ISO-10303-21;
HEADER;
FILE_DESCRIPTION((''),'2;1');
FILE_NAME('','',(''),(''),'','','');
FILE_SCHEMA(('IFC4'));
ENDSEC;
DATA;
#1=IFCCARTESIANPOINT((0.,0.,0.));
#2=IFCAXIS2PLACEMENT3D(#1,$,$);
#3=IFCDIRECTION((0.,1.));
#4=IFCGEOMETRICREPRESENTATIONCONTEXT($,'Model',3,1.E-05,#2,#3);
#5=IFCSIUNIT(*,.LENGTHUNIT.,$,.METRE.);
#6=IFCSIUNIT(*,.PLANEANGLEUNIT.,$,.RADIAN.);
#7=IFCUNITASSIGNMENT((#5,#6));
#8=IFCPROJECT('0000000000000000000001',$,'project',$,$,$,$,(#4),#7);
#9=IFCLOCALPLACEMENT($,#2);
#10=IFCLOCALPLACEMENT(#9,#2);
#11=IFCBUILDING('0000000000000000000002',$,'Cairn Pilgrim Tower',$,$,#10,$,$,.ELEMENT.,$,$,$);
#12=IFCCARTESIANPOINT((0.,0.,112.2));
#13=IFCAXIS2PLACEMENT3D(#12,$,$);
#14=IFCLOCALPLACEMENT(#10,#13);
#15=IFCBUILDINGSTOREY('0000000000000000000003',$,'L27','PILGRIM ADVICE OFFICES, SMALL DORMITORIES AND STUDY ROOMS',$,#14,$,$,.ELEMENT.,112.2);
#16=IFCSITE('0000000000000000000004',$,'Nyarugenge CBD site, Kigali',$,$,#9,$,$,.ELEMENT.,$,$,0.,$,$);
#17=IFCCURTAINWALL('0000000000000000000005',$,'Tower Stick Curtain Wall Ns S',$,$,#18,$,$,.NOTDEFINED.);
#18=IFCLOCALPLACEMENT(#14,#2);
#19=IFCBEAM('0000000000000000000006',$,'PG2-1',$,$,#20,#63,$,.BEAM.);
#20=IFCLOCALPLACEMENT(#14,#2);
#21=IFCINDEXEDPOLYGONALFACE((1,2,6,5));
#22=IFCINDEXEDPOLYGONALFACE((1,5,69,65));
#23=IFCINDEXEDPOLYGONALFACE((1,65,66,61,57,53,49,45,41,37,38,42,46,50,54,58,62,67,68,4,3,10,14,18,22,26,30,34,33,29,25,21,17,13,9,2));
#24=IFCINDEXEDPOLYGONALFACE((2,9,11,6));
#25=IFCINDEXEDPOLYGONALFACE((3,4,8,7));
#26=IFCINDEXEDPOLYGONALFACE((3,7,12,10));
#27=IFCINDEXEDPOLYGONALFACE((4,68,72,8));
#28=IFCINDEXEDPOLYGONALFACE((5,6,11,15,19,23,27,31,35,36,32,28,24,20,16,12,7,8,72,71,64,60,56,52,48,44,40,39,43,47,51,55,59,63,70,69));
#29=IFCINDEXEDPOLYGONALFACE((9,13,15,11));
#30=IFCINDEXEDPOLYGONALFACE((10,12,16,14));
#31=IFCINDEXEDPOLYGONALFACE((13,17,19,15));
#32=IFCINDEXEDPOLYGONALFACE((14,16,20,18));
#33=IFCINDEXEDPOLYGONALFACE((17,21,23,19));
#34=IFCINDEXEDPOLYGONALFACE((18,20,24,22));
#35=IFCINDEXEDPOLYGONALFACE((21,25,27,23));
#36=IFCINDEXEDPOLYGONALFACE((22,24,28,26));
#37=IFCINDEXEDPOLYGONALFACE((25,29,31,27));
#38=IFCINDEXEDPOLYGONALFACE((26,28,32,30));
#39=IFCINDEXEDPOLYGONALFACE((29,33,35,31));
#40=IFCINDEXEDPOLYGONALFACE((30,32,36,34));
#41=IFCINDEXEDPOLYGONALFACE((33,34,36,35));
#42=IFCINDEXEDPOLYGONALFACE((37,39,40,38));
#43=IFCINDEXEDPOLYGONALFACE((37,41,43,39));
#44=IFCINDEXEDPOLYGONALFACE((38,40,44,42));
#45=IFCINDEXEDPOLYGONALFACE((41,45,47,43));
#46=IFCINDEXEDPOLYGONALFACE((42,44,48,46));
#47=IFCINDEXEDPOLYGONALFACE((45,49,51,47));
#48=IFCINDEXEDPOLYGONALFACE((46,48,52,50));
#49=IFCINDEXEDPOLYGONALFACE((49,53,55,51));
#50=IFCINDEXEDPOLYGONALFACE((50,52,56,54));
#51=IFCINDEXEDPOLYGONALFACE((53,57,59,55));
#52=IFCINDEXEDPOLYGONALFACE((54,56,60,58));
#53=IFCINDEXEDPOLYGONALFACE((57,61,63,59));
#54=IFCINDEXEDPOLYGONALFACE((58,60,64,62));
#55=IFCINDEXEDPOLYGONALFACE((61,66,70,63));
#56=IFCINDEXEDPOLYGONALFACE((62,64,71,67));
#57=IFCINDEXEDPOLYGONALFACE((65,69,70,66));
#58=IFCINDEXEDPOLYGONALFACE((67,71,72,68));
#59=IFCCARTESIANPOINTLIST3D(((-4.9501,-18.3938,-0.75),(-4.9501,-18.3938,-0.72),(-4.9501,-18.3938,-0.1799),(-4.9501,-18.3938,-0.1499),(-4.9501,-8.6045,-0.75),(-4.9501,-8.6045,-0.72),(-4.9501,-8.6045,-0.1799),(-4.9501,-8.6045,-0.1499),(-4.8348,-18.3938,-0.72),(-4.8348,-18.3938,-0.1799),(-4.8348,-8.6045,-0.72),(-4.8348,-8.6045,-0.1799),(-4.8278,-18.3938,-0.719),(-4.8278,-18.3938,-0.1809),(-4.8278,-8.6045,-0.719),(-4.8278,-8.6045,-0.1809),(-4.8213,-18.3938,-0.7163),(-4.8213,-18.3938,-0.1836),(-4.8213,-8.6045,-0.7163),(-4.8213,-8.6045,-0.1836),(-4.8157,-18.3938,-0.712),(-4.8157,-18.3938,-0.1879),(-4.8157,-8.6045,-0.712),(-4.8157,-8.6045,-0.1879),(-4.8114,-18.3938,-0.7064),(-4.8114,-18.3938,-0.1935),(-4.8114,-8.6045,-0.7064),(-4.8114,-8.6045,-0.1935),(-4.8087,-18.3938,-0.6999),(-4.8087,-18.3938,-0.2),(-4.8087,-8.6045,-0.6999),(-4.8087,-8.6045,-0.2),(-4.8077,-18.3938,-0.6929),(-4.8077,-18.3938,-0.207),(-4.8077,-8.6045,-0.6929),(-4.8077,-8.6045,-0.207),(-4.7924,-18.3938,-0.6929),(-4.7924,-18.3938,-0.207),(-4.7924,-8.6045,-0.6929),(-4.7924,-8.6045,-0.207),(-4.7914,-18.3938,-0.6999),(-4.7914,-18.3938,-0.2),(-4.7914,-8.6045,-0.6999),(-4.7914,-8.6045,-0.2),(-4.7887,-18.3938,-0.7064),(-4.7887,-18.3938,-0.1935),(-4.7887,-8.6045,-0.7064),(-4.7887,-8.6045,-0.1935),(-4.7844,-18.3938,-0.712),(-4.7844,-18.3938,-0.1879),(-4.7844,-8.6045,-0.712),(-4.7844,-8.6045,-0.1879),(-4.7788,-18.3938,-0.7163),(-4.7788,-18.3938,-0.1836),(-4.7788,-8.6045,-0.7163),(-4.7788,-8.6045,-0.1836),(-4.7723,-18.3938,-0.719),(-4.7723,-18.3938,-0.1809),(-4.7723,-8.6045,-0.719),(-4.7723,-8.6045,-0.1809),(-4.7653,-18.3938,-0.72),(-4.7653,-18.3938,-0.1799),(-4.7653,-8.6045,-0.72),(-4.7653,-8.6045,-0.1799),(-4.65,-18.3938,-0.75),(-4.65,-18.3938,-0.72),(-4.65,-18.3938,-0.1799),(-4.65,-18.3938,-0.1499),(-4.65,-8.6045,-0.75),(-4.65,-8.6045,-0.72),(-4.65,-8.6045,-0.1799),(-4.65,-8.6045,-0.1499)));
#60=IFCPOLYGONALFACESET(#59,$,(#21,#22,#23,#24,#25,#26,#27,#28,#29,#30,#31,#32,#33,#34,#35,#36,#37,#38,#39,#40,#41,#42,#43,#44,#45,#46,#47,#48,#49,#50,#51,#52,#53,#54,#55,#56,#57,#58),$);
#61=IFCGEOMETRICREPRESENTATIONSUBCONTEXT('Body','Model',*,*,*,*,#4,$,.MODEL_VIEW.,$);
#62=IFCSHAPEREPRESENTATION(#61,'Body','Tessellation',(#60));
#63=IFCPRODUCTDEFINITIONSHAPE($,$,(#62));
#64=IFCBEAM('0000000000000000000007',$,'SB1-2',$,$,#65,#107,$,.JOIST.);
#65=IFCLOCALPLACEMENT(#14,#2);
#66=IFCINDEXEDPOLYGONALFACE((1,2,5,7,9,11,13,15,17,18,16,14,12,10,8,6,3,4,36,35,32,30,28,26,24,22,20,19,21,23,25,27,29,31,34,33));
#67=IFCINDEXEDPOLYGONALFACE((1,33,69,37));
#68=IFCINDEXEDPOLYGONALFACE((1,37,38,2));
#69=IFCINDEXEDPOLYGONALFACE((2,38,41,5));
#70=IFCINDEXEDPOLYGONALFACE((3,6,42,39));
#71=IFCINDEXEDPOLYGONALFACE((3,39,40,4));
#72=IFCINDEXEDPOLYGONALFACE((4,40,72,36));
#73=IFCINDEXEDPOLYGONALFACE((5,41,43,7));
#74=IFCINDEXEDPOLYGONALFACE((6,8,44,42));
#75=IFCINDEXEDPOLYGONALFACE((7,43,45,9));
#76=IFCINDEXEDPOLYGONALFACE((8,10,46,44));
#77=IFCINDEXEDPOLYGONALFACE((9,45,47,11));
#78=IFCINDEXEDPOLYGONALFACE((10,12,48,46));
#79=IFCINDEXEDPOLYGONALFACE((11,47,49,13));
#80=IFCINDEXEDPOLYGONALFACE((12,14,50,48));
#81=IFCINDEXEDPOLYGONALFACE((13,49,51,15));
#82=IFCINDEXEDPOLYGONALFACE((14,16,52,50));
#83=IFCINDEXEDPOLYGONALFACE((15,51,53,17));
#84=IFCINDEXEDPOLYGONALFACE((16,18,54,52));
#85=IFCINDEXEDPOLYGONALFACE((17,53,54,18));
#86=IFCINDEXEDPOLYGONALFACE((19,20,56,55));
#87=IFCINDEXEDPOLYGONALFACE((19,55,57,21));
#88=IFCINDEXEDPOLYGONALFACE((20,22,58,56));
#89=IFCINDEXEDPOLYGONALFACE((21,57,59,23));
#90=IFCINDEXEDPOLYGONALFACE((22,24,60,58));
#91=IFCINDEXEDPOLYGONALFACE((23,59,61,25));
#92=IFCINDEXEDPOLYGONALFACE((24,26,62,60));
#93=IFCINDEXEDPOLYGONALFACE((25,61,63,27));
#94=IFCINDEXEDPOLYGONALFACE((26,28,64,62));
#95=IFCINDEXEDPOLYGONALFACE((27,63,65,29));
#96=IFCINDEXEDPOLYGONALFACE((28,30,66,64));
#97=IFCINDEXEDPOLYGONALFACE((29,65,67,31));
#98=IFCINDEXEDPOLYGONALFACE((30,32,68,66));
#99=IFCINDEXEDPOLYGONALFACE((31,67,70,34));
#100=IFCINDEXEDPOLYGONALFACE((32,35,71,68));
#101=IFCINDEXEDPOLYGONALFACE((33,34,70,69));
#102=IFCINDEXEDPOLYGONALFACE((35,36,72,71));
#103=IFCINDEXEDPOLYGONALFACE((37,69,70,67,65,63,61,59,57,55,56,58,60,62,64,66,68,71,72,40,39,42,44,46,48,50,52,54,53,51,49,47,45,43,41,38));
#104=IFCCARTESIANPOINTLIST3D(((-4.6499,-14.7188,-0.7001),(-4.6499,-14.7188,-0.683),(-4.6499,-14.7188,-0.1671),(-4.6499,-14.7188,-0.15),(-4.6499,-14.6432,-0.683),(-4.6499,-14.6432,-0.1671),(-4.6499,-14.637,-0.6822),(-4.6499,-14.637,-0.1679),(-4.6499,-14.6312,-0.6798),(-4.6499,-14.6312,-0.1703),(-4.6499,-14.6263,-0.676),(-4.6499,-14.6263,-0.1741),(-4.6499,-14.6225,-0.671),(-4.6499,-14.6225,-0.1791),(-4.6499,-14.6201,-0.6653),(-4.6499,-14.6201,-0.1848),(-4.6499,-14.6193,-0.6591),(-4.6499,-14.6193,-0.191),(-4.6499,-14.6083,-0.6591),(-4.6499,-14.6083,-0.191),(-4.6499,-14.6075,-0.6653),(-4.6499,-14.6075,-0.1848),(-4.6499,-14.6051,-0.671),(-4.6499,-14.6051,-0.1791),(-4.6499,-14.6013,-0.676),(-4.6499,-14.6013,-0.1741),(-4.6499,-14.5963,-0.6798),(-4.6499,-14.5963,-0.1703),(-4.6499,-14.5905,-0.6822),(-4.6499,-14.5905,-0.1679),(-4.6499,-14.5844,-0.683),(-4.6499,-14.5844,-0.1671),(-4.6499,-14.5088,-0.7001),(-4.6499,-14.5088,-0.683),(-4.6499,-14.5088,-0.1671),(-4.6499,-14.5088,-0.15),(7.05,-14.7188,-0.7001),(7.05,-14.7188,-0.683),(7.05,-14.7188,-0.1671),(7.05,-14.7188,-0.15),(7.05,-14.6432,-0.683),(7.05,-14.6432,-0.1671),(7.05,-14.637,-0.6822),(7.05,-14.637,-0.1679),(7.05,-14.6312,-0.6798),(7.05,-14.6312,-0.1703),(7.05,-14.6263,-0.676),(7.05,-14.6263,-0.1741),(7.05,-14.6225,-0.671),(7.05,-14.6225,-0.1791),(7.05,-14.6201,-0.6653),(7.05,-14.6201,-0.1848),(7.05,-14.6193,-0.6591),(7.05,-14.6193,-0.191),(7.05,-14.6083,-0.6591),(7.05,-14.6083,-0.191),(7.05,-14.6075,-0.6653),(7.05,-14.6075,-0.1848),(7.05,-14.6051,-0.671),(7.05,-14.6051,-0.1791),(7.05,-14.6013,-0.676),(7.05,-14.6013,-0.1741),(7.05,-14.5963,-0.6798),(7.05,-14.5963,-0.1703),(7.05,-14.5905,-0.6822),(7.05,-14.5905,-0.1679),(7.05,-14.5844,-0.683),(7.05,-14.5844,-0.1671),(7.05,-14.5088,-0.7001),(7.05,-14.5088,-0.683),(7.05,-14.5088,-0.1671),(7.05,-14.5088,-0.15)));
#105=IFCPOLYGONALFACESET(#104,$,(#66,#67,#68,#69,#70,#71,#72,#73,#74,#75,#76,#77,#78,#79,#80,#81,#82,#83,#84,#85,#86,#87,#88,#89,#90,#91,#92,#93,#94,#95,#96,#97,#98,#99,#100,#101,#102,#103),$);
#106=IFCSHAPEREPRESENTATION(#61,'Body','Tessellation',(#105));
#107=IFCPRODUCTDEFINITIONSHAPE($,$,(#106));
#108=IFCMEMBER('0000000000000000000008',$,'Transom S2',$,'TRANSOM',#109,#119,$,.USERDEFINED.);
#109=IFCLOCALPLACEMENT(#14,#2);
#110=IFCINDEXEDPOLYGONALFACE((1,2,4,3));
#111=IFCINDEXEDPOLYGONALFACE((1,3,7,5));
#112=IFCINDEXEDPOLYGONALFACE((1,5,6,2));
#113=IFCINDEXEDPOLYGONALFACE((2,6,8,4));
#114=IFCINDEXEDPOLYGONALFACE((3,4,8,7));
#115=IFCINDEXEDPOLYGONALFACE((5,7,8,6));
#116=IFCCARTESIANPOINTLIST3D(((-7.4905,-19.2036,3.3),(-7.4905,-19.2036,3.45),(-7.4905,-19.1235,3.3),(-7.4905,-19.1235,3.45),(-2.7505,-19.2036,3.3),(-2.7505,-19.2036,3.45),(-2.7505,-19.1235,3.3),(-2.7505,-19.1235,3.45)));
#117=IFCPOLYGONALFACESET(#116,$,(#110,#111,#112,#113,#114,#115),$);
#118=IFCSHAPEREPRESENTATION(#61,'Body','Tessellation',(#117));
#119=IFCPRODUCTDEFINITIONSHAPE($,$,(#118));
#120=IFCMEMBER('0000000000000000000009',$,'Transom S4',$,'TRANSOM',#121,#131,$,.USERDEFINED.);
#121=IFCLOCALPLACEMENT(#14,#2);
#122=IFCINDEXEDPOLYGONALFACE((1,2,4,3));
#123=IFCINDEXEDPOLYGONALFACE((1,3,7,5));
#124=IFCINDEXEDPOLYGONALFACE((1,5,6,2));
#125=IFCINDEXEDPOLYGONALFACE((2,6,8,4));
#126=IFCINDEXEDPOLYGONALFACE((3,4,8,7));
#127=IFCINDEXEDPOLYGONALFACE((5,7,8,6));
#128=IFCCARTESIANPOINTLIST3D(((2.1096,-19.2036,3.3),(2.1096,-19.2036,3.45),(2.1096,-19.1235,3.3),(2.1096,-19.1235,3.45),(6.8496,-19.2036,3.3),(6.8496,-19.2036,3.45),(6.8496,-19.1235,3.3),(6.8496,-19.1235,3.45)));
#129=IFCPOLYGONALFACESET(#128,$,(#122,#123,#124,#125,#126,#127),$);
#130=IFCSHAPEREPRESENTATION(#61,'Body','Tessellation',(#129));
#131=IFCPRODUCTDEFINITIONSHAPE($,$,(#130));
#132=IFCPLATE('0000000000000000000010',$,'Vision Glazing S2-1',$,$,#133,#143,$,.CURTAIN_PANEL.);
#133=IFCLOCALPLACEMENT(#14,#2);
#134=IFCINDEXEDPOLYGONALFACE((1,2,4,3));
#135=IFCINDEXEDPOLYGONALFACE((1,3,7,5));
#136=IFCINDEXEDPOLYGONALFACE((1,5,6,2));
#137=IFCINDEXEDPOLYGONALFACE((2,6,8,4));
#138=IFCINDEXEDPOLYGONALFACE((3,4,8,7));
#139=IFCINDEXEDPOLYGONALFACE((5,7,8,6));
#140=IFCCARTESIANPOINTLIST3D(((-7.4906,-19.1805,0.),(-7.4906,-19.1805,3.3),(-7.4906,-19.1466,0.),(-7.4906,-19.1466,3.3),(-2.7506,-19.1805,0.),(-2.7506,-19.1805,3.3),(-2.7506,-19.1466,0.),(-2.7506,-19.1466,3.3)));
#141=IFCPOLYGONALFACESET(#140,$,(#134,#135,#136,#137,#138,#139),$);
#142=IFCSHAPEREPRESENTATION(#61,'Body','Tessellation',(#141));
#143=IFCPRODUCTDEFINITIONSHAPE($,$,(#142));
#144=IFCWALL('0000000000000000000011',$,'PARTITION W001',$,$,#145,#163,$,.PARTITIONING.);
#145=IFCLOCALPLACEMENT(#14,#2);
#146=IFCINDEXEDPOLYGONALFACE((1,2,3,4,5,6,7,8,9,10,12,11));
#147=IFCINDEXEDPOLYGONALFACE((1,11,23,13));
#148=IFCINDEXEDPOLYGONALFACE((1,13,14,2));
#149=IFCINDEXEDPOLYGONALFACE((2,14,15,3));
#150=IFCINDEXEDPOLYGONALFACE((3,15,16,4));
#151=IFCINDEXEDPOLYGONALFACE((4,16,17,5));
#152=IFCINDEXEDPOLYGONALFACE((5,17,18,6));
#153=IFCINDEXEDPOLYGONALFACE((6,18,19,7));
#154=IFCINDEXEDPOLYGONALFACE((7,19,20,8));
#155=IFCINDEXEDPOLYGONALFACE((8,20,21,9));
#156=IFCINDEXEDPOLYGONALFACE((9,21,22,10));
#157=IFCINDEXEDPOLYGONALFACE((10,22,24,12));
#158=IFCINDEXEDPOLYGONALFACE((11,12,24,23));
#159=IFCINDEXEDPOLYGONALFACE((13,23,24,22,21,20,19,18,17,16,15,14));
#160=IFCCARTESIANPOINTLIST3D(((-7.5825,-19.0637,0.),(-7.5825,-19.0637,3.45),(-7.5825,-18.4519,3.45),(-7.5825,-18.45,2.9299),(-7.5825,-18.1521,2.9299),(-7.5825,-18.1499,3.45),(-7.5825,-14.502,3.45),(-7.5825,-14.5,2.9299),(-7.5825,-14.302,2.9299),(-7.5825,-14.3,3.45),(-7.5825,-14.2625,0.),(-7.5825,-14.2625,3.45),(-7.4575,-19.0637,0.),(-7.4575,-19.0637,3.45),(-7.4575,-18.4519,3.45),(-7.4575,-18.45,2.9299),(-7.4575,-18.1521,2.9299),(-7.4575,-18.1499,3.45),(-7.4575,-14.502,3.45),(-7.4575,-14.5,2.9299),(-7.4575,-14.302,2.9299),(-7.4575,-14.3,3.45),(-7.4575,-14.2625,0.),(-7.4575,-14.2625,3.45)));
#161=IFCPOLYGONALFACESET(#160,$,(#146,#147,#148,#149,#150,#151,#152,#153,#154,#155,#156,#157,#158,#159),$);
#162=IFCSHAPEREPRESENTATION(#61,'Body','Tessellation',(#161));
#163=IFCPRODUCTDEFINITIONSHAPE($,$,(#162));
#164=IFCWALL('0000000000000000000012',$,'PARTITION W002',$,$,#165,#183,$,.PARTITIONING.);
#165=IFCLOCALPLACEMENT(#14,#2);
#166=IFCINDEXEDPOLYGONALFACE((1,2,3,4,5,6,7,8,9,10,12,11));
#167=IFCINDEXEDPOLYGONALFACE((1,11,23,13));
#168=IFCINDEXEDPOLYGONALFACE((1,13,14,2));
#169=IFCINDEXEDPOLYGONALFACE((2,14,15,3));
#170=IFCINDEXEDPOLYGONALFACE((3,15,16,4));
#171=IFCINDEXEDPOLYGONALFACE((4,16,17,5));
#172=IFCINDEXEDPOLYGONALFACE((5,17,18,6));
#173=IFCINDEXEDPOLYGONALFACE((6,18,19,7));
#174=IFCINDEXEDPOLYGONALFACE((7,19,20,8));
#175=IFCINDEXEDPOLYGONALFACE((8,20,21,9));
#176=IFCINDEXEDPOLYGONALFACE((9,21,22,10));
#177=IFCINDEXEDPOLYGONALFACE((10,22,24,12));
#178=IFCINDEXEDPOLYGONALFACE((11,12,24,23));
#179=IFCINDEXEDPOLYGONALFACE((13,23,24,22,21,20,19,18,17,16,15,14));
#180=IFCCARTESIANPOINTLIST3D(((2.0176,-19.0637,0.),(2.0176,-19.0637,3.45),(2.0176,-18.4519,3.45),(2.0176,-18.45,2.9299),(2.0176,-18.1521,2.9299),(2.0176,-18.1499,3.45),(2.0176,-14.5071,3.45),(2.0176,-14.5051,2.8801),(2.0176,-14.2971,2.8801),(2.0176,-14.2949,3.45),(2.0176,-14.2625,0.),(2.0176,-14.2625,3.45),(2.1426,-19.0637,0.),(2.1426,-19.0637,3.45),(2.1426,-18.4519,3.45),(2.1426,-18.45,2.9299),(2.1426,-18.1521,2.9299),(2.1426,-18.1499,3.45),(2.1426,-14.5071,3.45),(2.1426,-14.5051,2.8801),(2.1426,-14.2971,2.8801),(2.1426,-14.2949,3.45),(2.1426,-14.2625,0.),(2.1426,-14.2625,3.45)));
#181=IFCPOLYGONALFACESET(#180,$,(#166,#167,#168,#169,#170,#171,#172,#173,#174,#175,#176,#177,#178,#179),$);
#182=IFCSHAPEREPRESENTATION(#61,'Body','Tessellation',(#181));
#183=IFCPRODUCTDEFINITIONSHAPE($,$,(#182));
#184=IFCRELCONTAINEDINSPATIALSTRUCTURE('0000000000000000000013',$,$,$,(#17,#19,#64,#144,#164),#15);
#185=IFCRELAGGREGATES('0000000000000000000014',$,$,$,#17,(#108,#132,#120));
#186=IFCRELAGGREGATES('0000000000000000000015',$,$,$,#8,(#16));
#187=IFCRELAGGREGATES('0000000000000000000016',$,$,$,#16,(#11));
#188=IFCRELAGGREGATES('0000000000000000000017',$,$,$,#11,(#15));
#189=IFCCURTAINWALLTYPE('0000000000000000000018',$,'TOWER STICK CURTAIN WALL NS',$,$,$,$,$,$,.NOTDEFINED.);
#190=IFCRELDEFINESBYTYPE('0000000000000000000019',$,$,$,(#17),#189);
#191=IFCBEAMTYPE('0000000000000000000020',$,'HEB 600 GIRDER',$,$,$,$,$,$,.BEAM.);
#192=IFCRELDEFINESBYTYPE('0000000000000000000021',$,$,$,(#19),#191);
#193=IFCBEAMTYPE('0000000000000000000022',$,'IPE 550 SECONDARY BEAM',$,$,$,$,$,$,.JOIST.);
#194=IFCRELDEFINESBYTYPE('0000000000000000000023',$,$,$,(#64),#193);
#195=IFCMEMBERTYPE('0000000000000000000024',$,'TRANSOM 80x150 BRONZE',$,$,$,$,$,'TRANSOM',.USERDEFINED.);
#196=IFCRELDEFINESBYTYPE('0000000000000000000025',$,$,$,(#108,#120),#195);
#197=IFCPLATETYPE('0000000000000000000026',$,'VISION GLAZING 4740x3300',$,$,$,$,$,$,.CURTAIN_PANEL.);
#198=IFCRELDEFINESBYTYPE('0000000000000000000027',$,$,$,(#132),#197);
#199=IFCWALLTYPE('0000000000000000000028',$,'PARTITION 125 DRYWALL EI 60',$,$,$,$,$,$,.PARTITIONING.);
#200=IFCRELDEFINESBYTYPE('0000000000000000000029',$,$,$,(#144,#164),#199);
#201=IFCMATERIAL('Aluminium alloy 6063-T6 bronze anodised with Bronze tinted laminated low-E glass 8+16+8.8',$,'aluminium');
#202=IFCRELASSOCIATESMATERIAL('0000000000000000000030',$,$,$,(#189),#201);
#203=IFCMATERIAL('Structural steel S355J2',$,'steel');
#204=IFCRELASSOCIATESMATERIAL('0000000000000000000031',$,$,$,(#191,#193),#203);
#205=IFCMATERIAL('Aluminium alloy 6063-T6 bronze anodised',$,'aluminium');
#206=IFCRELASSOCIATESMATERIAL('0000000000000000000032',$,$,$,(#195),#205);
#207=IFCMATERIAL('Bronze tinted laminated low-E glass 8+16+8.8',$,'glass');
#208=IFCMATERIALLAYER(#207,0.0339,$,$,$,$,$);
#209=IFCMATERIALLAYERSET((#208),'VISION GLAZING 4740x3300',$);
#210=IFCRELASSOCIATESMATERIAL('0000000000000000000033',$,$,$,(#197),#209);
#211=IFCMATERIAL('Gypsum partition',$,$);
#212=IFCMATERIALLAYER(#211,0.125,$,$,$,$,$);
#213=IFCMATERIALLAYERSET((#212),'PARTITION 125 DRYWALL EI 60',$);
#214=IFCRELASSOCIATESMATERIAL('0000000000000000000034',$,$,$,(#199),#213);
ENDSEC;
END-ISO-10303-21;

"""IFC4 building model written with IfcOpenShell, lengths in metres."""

from ifc_helpers import new_model, si_unit, direction, frame, origin, origin_2d, place, context, subcontext, project, spatial, polyline, rectangle, i_section, outline, extrude, material, layer, layer_set, material_profile, profile_set, type_object, element, aggregate, save


model = new_model("IFC4")

# Units and contexts
model_context = context("Model", 3, precision=1e-05, world=origin(), true_north=direction((0.0, 1.0)))
body_context = subcontext(model_context, "Body", "Model", "MODEL_VIEW")
ifc_project = project(units=[si_unit("LENGTHUNIT", "METRE"), si_unit("PLANEANGLEUNIT", "RADIAN")], contexts=[model_context])

# Site, building, storey
site_placement = place(None, origin())
site = spatial("IfcSite", under=ifc_project, at=site_placement, Name="Nyarugenge CBD site, Kigali", CompositionType="ELEMENT", RefElevation=0.0)
building_placement = place(site_placement, origin())
building = spatial("IfcBuilding", under=site, at=building_placement, Name="Cairn Pilgrim Tower", CompositionType="ELEMENT")
storey_placement = place(building_placement, frame((0.0, 0.0, 112.2)))
storey = spatial("IfcBuildingStorey", under=building, at=storey_placement, Name="L27", Description="PILGRIM ADVICE OFFICES, SMALL DORMITORIES AND STUDY ROOMS", CompositionType="ELEMENT", Elevation=112.2)

# Curtain wall
ifc_material_1 = material(Name="Aluminium alloy 6063-T6 bronze anodised with Bronze tinted laminated low-E glass 8+16+8.8", Category="aluminium")
curtain_wall_type = type_object("IfcCurtainWallType", Name="TOWER STICK CURTAIN WALL NS", PredefinedType="NOTDEFINED", material=ifc_material_1)
curtain_wall_placement = place(storey_placement, origin())
curtain_wall = element("IfcCurtainWall", 1, at=curtain_wall_placement, inside=storey, type_object=curtain_wall_type, Name="Tower Stick Curtain Wall Ns S", PredefinedType="NOTDEFINED")
ifc_material_2 = material(Name="Aluminium alloy 6063-T6 bronze anodised", Category="aluminium")

# Beams
ifc_material_3 = material(Name="Structural steel S355J2", Category="steel")
ifc_material_profile_1 = material_profile(ifc_material_3, i_section(OverallWidth=0.3, OverallDepth=0.6001, WebThickness=0.0154, FlangeThickness=0.03, FilletRadius=0.0271, at=origin_2d()), Name="HEB 600")
ifc_profile_set_1 = profile_set([ifc_material_profile_1], Name="Structural steel S355J2")
beam_type_1 = type_object("IfcBeamType", Name="HEB 600 GIRDER", PredefinedType="BEAM", material=ifc_profile_set_1)
beam_1_placement = place(storey_placement, frame((-4.8, -18.3938, -0.45), z_axis=(0.0, 1.0, 0.0), x_axis=(-1.0, 0.0, 0.0)))
element("IfcBeam", 2, at=beam_1_placement, inside=storey, type_object=beam_type_1, Name="PG2-1", PredefinedType="BEAM", context=body_context, shape_type="SweptSolid", body=[
    extrude(i_section(OverallWidth=0.3, OverallDepth=0.6001, WebThickness=0.0154, FlangeThickness=0.03, FilletRadius=0.0271, at=origin_2d()), origin(), (0.0, 0.0, 1.0), 9.7893),
])
ifc_material_profile_2 = material_profile(ifc_material_3, i_section(OverallWidth=0.21, OverallDepth=0.55, WebThickness=0.011, FlangeThickness=0.0171, FilletRadius=0.0239, at=origin_2d()), Name="IPE 550")
ifc_profile_set_2 = profile_set([ifc_material_profile_2], Name="Structural steel S355J2")
beam_type_2 = type_object("IfcBeamType", Name="IPE 550 SECONDARY BEAM", PredefinedType="JOIST", material=ifc_profile_set_2)
beam_2_placement = place(storey_placement, frame((-4.6499, -14.6138, -0.425), z_axis=(1.0, 0.0, 0.0), x_axis=(0.0, 1.0, 0.0)))
element("IfcBeam", 3, at=beam_2_placement, inside=storey, type_object=beam_type_2, Name="SB1-2", PredefinedType="JOIST", context=body_context, shape_type="SweptSolid", body=[
    extrude(i_section(OverallWidth=0.21, OverallDepth=0.55, WebThickness=0.011, FlangeThickness=0.0171, FilletRadius=0.0239, at=origin_2d()), origin(), (0.0, 0.0, 1.0), 11.7),
])

# Members
ifc_material_profile_3 = material_profile(ifc_material_2, rectangle(XDim=0.0801, YDim=0.1499, at=origin_2d()), Name="TRANSOM 80x150 BRONZE")
ifc_profile_set_3 = profile_set([ifc_material_profile_3], Name="Aluminium alloy 6063-T6 bronze anodised")
member_type_1 = type_object("IfcMemberType", Name="TRANSOM 80x150 BRONZE", ElementType="TRANSOM", PredefinedType="USERDEFINED", material=ifc_profile_set_3)
member_1_placement = place(storey_placement, frame((-7.4905, -19.1636, 3.375), z_axis=(1.0, 0.0, 0.0), x_axis=(0.0, 1.0, 0.0)))
member_1 = element("IfcMember", 4, at=member_1_placement, type_object=member_type_1, Name="Transom S2", ObjectType="TRANSOM", PredefinedType="USERDEFINED", context=body_context, shape_type="SweptSolid", body=[
    extrude(rectangle(XDim=0.0801, YDim=0.1499, at=origin_2d()), origin(), (0.0, 0.0, 1.0), 4.74),
])
member_2_placement = place(storey_placement, frame((2.1096, -19.1636, 3.375), z_axis=(1.0, 0.0, 0.0), x_axis=(0.0, 1.0, 0.0)))
member_2 = element("IfcMember", 5, at=member_2_placement, type_object=member_type_1, Name="Transom S4", ObjectType="TRANSOM", PredefinedType="USERDEFINED", context=body_context, shape_type="SweptSolid", body=[
    extrude(rectangle(XDim=0.0801, YDim=0.1499, at=origin_2d()), origin(), (0.0, 0.0, 1.0), 4.74),
])

# Plate
ifc_material_4 = material(Name="Bronze tinted laminated low-E glass 8+16+8.8", Category="glass")
ifc_layer_1 = layer(ifc_material_4, 0.0339)
ifc_layer_set_1 = layer_set([ifc_layer_1], Name="VISION GLAZING 4740x3300")
plate_type = type_object("IfcPlateType", Name="VISION GLAZING 4740x3300", PredefinedType="CURTAIN_PANEL", material=ifc_layer_set_1)
plate_placement = place(storey_placement, frame((-5.1206, -19.1636, 0.0), z_axis=(0.0, 0.0, 1.0), x_axis=(1.0, 0.0, 0.0)))
plate = element("IfcPlate", 6, at=plate_placement, type_object=plate_type, Name="Vision Glazing S2-1", PredefinedType="CURTAIN_PANEL", context=body_context, shape_type="SweptSolid", body=[
    extrude(rectangle(XDim=4.74, YDim=0.0339, at=origin_2d()), origin(), (0.0, 0.0, 1.0), 3.3),
])
aggregate(curtain_wall, [member_1, plate, member_2])

# Walls
ifc_material_5 = material(Name="Gypsum partition")
ifc_layer_2 = layer(ifc_material_5, 0.125)
ifc_layer_set_2 = layer_set([ifc_layer_2], Name="PARTITION 125 DRYWALL EI 60")
wall_type_1 = type_object("IfcWallType", Name="PARTITION 125 DRYWALL EI 60", PredefinedType="PARTITIONING", material=ifc_layer_set_2)
wall_1_placement = place(storey_placement, frame((-7.52, -19.0637, 0.0), z_axis=(0.0, 0.0, 1.0), x_axis=(0.0, 1.0, 0.0)))
element("IfcWall", 7, at=wall_1_placement, inside=storey, type_object=wall_type_1, Name="PARTITION W001", PredefinedType="PARTITIONING", context=body_context, shape_type="SweptSolid", body=[
    extrude(outline(polyline([(0.0, 0.0), (4.8013, 0.0), (4.8013, 3.45), (4.7637, 3.45), (4.7617, 2.9299), (4.5637, 2.9299), (4.5618, 3.45), (0.9138, 3.45), (0.9116, 2.9299), (0.6138, 2.9299), (0.6118, 3.45), (0.0, 3.45), (0.0, 0.0)])), frame((0.0, 0.0625, 0.0), z_axis=(0.0, -1.0, 0.0), x_axis=(1.0, 0.0, 0.0)), (0.0, 0.0, 1.0), 0.125),
])
wall_2_placement = place(storey_placement, frame((2.0801, -19.0637, 0.0), z_axis=(0.0, 0.0, 1.0), x_axis=(0.0, 1.0, 0.0)))
element("IfcWall", 8, at=wall_2_placement, inside=storey, type_object=wall_type_1, Name="PARTITION W002", PredefinedType="PARTITIONING", context=body_context, shape_type="SweptSolid", body=[
    extrude(outline(polyline([(0.0, 0.0), (4.8013, 0.0), (4.8013, 3.45), (4.7688, 3.45), (4.7666, 2.8801), (4.5586, 2.8801), (4.5566, 3.45), (0.9138, 3.45), (0.9116, 2.9299), (0.6138, 2.9299), (0.6118, 3.45), (0.0, 3.45), (0.0, 0.0)])), frame((0.0, 0.0625, 0.0), z_axis=(0.0, -1.0, 0.0), x_axis=(1.0, 0.0, 0.0)), (0.0, 0.0, 1.0), 0.125),
])

save(model, "model.ifc")
